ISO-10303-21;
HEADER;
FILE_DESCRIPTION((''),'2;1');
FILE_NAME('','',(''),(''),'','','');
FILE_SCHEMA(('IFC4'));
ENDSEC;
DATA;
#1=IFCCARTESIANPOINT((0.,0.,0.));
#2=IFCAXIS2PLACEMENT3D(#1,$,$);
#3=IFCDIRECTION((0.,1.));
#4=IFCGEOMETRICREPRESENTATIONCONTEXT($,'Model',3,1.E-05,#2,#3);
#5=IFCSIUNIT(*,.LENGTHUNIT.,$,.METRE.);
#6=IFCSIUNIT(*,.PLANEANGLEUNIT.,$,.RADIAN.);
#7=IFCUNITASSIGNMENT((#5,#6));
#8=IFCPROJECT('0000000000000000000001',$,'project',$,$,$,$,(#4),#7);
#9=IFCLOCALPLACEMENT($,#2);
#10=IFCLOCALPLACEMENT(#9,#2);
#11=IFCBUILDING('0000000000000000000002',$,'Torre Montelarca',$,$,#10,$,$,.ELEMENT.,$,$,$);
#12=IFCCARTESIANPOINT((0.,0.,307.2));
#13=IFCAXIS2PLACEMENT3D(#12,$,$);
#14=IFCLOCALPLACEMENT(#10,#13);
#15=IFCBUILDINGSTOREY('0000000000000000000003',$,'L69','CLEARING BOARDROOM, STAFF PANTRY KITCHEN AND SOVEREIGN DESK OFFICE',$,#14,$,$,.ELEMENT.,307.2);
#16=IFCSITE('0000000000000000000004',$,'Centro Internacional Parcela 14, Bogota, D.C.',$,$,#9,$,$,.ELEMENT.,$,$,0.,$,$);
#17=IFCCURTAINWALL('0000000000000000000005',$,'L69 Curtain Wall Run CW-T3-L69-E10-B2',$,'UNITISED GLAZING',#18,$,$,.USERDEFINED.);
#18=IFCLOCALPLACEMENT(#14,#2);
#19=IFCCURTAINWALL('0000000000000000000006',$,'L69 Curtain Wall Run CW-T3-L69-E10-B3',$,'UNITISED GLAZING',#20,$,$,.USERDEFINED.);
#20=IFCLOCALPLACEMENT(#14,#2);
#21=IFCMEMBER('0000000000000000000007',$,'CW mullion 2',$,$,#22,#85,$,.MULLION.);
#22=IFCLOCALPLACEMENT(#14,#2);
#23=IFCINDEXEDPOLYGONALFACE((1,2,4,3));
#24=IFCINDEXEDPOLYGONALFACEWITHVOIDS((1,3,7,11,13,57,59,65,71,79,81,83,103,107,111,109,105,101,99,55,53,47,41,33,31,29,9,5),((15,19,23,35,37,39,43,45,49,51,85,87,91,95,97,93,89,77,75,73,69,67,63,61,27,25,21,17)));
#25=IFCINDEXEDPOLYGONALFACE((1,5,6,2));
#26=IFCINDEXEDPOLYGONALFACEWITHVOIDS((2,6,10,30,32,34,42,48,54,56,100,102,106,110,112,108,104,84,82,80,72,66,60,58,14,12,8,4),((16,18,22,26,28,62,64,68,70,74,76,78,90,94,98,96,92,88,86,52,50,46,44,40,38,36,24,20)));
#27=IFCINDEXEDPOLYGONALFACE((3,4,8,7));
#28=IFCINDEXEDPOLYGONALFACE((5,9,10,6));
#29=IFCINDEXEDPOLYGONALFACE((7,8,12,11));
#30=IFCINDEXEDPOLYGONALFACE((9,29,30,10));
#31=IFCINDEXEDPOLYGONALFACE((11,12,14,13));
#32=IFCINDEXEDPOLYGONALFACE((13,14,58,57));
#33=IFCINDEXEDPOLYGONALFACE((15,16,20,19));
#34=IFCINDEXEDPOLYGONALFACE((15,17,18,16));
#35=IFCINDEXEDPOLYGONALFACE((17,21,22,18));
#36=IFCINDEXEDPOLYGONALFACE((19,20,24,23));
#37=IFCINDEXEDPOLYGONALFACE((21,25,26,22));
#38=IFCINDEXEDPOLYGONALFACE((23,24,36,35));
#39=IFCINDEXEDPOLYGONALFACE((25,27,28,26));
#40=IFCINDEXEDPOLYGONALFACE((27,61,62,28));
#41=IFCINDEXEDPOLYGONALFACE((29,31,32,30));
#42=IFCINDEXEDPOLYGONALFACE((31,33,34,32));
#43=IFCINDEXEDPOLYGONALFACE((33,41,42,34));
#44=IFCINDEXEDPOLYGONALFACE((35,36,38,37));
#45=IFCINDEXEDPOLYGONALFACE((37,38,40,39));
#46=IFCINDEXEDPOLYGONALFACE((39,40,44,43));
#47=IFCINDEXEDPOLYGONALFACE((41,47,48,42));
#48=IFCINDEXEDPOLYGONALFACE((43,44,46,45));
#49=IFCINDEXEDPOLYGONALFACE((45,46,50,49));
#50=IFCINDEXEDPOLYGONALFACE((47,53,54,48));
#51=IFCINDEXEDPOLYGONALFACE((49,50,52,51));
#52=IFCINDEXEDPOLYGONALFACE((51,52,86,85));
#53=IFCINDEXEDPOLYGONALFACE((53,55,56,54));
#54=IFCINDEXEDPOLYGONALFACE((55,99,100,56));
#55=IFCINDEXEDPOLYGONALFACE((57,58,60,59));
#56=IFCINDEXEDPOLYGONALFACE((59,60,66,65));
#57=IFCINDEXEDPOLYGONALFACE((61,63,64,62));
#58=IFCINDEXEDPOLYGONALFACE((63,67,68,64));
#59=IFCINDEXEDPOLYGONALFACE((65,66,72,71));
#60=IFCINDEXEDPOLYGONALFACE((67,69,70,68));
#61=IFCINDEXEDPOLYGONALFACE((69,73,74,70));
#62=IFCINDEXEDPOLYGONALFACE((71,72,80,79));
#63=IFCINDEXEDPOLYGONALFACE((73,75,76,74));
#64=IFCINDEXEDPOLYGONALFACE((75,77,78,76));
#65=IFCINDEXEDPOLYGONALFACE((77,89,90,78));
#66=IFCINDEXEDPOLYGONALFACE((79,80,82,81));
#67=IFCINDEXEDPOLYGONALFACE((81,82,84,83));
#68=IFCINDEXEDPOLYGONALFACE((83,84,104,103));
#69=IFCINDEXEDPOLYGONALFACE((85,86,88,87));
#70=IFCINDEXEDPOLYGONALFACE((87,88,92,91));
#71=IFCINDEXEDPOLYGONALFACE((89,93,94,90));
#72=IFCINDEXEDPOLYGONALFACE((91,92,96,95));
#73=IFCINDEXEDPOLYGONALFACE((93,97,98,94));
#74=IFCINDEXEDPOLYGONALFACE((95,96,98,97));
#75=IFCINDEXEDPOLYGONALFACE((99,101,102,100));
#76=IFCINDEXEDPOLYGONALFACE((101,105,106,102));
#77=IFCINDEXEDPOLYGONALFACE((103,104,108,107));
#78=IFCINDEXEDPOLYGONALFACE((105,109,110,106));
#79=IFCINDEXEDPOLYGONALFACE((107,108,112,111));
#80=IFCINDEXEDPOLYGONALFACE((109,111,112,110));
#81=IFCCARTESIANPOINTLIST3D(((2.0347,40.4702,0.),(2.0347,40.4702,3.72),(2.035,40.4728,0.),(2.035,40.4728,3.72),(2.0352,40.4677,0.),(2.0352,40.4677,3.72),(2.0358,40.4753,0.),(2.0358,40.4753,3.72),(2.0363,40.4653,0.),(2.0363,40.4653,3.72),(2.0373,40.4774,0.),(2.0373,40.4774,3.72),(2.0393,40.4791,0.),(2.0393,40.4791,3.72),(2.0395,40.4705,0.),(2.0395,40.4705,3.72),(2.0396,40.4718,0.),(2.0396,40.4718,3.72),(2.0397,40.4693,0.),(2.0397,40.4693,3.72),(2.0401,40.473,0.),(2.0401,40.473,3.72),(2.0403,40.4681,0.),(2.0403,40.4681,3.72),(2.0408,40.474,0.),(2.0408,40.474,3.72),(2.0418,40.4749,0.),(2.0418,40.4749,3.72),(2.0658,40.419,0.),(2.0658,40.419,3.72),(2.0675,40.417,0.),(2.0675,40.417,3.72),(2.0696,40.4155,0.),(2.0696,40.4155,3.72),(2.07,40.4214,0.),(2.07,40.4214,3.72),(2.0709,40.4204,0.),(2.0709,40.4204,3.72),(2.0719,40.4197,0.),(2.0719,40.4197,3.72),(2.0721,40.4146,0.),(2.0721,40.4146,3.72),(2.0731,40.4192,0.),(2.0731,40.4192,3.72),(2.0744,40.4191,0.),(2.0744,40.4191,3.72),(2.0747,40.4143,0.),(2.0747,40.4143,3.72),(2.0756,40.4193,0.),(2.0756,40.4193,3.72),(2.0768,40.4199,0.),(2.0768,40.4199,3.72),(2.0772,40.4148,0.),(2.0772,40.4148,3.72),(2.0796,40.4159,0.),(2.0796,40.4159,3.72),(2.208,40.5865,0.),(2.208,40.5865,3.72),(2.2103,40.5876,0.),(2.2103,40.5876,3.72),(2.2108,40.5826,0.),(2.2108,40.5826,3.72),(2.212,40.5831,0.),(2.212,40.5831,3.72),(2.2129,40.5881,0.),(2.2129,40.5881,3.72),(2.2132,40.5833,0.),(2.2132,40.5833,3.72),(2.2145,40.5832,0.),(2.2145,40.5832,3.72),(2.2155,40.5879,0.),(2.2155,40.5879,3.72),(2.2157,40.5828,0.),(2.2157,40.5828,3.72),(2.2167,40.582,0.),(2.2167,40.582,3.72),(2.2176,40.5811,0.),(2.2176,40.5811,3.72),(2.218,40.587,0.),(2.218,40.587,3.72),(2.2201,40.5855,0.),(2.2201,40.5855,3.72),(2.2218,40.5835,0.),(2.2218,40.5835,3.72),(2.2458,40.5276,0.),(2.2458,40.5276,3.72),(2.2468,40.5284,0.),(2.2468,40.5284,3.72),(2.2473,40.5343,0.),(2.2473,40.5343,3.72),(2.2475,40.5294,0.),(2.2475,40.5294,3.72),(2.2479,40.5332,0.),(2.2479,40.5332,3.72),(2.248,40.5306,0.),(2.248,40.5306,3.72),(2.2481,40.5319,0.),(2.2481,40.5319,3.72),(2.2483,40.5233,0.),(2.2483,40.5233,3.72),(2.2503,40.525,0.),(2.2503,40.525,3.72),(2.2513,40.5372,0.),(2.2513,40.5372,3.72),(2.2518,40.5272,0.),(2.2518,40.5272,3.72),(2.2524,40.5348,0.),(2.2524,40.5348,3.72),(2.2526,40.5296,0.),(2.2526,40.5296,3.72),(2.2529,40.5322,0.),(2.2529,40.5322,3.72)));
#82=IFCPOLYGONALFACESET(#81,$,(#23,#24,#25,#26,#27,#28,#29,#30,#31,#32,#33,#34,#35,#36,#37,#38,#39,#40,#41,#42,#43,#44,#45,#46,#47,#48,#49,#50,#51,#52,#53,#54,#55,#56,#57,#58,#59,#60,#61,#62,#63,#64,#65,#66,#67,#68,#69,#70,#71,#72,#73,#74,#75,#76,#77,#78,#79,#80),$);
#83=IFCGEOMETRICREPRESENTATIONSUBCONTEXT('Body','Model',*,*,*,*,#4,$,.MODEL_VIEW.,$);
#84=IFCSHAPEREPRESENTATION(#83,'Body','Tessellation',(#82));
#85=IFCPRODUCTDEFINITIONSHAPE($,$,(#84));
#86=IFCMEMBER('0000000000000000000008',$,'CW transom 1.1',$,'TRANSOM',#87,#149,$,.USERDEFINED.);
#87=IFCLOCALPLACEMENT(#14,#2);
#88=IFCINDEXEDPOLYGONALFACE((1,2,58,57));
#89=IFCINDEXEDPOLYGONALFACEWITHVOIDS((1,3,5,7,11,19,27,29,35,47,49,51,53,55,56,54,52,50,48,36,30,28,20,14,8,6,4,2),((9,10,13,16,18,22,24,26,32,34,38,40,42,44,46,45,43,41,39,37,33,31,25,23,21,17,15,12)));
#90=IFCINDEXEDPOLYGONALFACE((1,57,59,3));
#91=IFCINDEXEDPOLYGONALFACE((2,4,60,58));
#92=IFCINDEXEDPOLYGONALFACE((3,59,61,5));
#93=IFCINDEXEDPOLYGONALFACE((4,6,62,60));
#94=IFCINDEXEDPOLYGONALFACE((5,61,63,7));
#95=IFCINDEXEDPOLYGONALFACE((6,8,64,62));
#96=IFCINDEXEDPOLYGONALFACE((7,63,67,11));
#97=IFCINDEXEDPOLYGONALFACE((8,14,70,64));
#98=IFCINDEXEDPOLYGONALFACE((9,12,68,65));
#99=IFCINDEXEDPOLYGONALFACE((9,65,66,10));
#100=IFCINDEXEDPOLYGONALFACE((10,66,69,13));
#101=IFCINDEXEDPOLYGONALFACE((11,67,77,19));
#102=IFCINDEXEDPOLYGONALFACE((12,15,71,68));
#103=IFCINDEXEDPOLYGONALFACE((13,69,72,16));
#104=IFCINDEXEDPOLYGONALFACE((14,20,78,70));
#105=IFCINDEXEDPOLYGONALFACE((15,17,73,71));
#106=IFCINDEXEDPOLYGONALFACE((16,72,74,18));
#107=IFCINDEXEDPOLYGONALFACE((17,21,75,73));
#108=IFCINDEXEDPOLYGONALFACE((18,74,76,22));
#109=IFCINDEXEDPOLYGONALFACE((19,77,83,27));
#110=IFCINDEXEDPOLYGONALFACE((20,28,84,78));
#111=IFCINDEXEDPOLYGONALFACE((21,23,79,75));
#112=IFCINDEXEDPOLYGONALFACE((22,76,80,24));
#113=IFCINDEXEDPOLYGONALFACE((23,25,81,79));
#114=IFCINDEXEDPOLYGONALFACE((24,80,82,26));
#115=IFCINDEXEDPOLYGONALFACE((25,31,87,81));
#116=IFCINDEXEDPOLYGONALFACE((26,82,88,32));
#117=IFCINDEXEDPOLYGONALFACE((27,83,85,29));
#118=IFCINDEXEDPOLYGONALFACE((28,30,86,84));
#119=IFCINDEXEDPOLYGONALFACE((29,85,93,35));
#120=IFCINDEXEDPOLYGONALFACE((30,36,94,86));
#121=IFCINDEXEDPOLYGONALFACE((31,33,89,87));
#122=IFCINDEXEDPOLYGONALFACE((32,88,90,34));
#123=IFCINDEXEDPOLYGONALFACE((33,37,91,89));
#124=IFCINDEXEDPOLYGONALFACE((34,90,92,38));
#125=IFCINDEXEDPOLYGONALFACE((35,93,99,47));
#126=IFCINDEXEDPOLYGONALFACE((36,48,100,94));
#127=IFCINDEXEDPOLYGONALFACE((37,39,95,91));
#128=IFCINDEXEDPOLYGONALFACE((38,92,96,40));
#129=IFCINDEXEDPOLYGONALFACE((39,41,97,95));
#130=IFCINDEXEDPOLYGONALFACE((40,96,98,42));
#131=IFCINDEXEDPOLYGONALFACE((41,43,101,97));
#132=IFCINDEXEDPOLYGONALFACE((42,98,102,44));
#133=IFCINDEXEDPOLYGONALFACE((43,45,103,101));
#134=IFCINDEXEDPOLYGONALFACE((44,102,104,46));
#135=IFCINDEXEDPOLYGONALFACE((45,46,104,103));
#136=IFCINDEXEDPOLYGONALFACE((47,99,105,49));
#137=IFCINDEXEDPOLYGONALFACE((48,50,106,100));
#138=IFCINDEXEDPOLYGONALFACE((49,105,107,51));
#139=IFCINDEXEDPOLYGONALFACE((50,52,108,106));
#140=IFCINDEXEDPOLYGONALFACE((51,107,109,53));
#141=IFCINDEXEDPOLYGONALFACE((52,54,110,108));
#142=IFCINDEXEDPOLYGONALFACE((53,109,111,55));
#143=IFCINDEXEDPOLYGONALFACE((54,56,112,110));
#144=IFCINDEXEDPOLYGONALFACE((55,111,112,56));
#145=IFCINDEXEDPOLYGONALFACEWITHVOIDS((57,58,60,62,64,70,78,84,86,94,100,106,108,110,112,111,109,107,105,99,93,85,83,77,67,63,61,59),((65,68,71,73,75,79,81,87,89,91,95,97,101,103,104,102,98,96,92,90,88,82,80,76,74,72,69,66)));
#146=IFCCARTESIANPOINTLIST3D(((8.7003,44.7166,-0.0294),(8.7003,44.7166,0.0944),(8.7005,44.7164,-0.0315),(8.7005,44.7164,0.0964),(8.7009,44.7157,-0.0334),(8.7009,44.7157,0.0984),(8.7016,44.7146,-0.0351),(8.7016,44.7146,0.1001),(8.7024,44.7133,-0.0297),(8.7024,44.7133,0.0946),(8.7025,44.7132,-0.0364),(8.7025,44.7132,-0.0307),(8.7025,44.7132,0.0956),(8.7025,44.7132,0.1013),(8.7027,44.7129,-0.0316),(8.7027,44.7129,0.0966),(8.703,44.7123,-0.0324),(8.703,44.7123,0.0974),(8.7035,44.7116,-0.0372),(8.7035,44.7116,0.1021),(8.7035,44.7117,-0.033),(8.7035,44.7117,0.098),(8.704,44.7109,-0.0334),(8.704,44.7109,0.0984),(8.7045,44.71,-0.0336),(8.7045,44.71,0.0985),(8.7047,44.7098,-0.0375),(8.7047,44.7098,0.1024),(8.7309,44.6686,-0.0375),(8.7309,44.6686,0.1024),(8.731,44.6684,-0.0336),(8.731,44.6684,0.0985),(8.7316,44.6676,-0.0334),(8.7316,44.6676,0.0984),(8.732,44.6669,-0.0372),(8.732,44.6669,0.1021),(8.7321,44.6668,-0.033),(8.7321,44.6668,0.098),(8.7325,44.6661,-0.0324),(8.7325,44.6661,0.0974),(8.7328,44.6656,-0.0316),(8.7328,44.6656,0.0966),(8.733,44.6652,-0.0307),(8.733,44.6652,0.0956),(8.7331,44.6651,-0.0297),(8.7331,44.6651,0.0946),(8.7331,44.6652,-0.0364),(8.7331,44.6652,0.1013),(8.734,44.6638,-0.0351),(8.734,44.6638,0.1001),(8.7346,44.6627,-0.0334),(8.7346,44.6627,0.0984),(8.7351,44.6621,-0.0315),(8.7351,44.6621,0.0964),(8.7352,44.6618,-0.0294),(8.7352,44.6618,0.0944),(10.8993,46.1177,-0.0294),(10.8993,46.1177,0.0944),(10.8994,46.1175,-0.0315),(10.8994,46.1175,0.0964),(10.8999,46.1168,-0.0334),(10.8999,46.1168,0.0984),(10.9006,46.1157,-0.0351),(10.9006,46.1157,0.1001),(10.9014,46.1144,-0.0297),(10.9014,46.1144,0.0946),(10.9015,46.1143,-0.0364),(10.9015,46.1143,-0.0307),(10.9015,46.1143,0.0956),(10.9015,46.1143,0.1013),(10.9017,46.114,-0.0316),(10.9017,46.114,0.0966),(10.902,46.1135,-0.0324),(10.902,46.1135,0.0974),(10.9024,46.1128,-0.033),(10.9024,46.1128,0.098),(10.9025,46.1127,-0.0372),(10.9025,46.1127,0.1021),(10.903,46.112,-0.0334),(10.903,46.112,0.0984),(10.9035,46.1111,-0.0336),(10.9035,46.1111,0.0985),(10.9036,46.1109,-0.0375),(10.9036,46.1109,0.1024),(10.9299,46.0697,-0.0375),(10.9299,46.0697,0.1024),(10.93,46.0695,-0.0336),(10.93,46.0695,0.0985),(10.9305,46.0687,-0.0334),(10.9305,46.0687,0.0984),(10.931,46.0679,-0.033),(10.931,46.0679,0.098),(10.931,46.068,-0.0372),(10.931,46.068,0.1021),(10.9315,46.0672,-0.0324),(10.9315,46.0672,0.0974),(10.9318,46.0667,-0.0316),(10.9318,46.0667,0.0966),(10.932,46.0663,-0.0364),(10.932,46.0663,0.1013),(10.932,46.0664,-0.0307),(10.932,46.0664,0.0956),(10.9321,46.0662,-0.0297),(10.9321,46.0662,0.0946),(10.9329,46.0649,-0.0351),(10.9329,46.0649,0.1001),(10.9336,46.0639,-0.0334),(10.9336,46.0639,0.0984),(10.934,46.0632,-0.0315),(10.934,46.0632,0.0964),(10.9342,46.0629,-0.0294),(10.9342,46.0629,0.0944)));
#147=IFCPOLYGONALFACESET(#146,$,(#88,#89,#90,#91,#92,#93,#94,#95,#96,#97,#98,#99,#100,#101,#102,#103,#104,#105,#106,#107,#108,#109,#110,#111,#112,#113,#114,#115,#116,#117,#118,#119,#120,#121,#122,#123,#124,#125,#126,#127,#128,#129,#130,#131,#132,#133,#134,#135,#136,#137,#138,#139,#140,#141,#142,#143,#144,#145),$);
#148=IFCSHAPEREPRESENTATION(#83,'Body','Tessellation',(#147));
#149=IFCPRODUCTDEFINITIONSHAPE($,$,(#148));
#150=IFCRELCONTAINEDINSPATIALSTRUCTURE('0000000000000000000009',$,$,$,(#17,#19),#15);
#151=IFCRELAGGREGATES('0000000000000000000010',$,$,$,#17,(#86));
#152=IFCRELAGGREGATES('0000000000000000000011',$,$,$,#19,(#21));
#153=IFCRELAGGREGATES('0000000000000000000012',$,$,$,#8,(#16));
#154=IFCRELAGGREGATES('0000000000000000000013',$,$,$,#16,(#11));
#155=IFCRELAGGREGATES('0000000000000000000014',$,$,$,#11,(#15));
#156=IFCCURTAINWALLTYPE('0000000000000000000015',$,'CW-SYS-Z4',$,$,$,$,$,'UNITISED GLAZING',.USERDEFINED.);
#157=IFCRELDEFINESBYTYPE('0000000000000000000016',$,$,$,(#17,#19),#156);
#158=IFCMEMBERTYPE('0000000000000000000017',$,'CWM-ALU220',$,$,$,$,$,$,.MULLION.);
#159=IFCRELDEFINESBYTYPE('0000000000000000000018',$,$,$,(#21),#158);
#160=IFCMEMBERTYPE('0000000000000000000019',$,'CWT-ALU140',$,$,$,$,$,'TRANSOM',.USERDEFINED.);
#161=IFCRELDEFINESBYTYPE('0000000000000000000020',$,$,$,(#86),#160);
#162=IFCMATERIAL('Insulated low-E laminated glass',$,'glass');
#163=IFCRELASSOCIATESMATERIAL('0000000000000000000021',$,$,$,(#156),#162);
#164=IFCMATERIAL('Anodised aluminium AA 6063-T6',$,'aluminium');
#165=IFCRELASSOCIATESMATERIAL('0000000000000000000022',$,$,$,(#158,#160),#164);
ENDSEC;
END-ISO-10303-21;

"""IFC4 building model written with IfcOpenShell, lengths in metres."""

from ifc_helpers import new_model, si_unit, direction, frame, origin, origin_2d, place, context, subcontext, project, spatial, hollow_rectangle, extrude, source, transform, mapped, material, material_profile, profile_set, type_object, element, aggregate, save


model = new_model("IFC4")

# Units and contexts
model_context = context("Model", 3, precision=1e-05, world=origin(), true_north=direction((0.0, 1.0)))
body_context = subcontext(model_context, "Body", "Model", "MODEL_VIEW")
ifc_project = project(units=[si_unit("LENGTHUNIT", "METRE"), si_unit("PLANEANGLEUNIT", "RADIAN")], contexts=[model_context])

# Site, building, storey
site_placement = place(None, origin())
site = spatial("IfcSite", under=ifc_project, at=site_placement, Name="Centro Internacional Parcela 14, Bogota, D.C.", CompositionType="ELEMENT", RefElevation=0.0)
building_placement = place(site_placement, origin())
building = spatial("IfcBuilding", under=site, at=building_placement, Name="Torre Montelarca", CompositionType="ELEMENT")
storey_placement = place(building_placement, frame((0.0, 0.0, 307.2)))
storey = spatial("IfcBuildingStorey", under=building, at=storey_placement, Name="L69", Description="CLEARING BOARDROOM, STAFF PANTRY KITCHEN AND SOVEREIGN DESK OFFICE", CompositionType="ELEMENT", Elevation=307.2)

# Shared definitions
ifc_material_1 = material(Name="Insulated low-E laminated glass", Category="glass")
curtain_wall_type = type_object("IfcCurtainWallType", Name="CW-SYS-Z4", ElementType="UNITISED GLAZING", PredefinedType="USERDEFINED", material=ifc_material_1)
ifc_material_2 = material(Name="Anodised aluminium AA 6063-T6", Category="aluminium")
ifc_material_profile_1 = material_profile(ifc_material_2, hollow_rectangle(XDim=0.075, YDim=0.22, WallThickness=0.0049, InnerFilletRadius=0.0049, OuterFilletRadius=0.01, at=origin_2d()), Name="ALU75X220X5", Category="aluminium")
ifc_profile_set_1 = profile_set([ifc_material_profile_1], Name="Anodised aluminium AA 6063-T6")
member_type_1 = type_object("IfcMemberType", Name="CWM-ALU220", PredefinedType="MULLION", material=ifc_profile_set_1)
shared_shape_1 = source(origin(), body_context, "Body", "SweptSolid", [
    extrude(hollow_rectangle(XDim=0.075, YDim=0.22, WallThickness=0.0049, InnerFilletRadius=0.0049, OuterFilletRadius=0.01, at=origin_2d()), origin(), (0.0, 0.0, 1.0), 3.72),
])

# Curtain walls, member
curtain_wall_1_placement = place(storey_placement, origin())
curtain_wall_1 = element("IfcCurtainWall", 1, at=curtain_wall_1_placement, inside=storey, type_object=curtain_wall_type, Name="L69 Curtain Wall Run CW-T3-L69-E10-B2", ObjectType="UNITISED GLAZING", PredefinedType="USERDEFINED")
curtain_wall_2_placement = place(storey_placement, origin())
curtain_wall_2 = element("IfcCurtainWall", 2, at=curtain_wall_2_placement, inside=storey, type_object=curtain_wall_type, Name="L69 Curtain Wall Run CW-T3-L69-E10-B3", ObjectType="UNITISED GLAZING", PredefinedType="USERDEFINED")
member_1_placement = place(storey_placement, frame((2.1438, 40.5012, 0.0), z_axis=(0.0, 0.0, 1.0), x_axis=(0.537304, -0.843389, 0.0)))
member_1 = element("IfcMember", 3, at=member_1_placement, type_object=member_type_1, Name="CW mullion 2", PredefinedType="MULLION", context=body_context, shape_type="MappedRepresentation", body=[
    mapped(shared_shape_1, transform((0.0, 0.0, 0.0), scale=1.0)),
])

# Member
ifc_material_profile_2 = material_profile(ifc_material_2, hollow_rectangle(XDim=0.0649, YDim=0.1399, WallThickness=0.0039, InnerFilletRadius=0.0039, OuterFilletRadius=0.0081, at=origin_2d()), Name="ALU65X140X4", Category="aluminium")
ifc_profile_set_2 = profile_set([ifc_material_profile_2], Name="Anodised aluminium AA 6063-T6")
member_type_2 = type_object("IfcMemberType", Name="CWT-ALU140", ElementType="TRANSOM", PredefinedType="USERDEFINED", material=ifc_profile_set_2)
shared_shape_2 = source(origin(), body_context, "Body", "SweptSolid", [
    extrude(hollow_rectangle(XDim=0.0649, YDim=0.1399, WallThickness=0.0039, InnerFilletRadius=0.0039, OuterFilletRadius=0.0081, at=origin_2d()), origin(), (0.0, 0.0, 1.0), 2.6074),
])
member_2_placement = place(storey_placement, frame((10.9167, 46.0903, 0.0325), z_axis=(-0.843353, -0.53736, 0.0), x_axis=(0.53736, -0.843353, 0.0)))
member_2 = element("IfcMember", 4, at=member_2_placement, type_object=member_type_2, Name="CW transom 1.1", ObjectType="TRANSOM", PredefinedType="USERDEFINED", context=body_context, shape_type="MappedRepresentation", body=[
    mapped(shared_shape_2, transform((0.0, 0.0, 0.0), scale=1.0)),
])

aggregate(curtain_wall_1, [member_2])
aggregate(curtain_wall_2, [member_1])

save(model, "model.ifc")
